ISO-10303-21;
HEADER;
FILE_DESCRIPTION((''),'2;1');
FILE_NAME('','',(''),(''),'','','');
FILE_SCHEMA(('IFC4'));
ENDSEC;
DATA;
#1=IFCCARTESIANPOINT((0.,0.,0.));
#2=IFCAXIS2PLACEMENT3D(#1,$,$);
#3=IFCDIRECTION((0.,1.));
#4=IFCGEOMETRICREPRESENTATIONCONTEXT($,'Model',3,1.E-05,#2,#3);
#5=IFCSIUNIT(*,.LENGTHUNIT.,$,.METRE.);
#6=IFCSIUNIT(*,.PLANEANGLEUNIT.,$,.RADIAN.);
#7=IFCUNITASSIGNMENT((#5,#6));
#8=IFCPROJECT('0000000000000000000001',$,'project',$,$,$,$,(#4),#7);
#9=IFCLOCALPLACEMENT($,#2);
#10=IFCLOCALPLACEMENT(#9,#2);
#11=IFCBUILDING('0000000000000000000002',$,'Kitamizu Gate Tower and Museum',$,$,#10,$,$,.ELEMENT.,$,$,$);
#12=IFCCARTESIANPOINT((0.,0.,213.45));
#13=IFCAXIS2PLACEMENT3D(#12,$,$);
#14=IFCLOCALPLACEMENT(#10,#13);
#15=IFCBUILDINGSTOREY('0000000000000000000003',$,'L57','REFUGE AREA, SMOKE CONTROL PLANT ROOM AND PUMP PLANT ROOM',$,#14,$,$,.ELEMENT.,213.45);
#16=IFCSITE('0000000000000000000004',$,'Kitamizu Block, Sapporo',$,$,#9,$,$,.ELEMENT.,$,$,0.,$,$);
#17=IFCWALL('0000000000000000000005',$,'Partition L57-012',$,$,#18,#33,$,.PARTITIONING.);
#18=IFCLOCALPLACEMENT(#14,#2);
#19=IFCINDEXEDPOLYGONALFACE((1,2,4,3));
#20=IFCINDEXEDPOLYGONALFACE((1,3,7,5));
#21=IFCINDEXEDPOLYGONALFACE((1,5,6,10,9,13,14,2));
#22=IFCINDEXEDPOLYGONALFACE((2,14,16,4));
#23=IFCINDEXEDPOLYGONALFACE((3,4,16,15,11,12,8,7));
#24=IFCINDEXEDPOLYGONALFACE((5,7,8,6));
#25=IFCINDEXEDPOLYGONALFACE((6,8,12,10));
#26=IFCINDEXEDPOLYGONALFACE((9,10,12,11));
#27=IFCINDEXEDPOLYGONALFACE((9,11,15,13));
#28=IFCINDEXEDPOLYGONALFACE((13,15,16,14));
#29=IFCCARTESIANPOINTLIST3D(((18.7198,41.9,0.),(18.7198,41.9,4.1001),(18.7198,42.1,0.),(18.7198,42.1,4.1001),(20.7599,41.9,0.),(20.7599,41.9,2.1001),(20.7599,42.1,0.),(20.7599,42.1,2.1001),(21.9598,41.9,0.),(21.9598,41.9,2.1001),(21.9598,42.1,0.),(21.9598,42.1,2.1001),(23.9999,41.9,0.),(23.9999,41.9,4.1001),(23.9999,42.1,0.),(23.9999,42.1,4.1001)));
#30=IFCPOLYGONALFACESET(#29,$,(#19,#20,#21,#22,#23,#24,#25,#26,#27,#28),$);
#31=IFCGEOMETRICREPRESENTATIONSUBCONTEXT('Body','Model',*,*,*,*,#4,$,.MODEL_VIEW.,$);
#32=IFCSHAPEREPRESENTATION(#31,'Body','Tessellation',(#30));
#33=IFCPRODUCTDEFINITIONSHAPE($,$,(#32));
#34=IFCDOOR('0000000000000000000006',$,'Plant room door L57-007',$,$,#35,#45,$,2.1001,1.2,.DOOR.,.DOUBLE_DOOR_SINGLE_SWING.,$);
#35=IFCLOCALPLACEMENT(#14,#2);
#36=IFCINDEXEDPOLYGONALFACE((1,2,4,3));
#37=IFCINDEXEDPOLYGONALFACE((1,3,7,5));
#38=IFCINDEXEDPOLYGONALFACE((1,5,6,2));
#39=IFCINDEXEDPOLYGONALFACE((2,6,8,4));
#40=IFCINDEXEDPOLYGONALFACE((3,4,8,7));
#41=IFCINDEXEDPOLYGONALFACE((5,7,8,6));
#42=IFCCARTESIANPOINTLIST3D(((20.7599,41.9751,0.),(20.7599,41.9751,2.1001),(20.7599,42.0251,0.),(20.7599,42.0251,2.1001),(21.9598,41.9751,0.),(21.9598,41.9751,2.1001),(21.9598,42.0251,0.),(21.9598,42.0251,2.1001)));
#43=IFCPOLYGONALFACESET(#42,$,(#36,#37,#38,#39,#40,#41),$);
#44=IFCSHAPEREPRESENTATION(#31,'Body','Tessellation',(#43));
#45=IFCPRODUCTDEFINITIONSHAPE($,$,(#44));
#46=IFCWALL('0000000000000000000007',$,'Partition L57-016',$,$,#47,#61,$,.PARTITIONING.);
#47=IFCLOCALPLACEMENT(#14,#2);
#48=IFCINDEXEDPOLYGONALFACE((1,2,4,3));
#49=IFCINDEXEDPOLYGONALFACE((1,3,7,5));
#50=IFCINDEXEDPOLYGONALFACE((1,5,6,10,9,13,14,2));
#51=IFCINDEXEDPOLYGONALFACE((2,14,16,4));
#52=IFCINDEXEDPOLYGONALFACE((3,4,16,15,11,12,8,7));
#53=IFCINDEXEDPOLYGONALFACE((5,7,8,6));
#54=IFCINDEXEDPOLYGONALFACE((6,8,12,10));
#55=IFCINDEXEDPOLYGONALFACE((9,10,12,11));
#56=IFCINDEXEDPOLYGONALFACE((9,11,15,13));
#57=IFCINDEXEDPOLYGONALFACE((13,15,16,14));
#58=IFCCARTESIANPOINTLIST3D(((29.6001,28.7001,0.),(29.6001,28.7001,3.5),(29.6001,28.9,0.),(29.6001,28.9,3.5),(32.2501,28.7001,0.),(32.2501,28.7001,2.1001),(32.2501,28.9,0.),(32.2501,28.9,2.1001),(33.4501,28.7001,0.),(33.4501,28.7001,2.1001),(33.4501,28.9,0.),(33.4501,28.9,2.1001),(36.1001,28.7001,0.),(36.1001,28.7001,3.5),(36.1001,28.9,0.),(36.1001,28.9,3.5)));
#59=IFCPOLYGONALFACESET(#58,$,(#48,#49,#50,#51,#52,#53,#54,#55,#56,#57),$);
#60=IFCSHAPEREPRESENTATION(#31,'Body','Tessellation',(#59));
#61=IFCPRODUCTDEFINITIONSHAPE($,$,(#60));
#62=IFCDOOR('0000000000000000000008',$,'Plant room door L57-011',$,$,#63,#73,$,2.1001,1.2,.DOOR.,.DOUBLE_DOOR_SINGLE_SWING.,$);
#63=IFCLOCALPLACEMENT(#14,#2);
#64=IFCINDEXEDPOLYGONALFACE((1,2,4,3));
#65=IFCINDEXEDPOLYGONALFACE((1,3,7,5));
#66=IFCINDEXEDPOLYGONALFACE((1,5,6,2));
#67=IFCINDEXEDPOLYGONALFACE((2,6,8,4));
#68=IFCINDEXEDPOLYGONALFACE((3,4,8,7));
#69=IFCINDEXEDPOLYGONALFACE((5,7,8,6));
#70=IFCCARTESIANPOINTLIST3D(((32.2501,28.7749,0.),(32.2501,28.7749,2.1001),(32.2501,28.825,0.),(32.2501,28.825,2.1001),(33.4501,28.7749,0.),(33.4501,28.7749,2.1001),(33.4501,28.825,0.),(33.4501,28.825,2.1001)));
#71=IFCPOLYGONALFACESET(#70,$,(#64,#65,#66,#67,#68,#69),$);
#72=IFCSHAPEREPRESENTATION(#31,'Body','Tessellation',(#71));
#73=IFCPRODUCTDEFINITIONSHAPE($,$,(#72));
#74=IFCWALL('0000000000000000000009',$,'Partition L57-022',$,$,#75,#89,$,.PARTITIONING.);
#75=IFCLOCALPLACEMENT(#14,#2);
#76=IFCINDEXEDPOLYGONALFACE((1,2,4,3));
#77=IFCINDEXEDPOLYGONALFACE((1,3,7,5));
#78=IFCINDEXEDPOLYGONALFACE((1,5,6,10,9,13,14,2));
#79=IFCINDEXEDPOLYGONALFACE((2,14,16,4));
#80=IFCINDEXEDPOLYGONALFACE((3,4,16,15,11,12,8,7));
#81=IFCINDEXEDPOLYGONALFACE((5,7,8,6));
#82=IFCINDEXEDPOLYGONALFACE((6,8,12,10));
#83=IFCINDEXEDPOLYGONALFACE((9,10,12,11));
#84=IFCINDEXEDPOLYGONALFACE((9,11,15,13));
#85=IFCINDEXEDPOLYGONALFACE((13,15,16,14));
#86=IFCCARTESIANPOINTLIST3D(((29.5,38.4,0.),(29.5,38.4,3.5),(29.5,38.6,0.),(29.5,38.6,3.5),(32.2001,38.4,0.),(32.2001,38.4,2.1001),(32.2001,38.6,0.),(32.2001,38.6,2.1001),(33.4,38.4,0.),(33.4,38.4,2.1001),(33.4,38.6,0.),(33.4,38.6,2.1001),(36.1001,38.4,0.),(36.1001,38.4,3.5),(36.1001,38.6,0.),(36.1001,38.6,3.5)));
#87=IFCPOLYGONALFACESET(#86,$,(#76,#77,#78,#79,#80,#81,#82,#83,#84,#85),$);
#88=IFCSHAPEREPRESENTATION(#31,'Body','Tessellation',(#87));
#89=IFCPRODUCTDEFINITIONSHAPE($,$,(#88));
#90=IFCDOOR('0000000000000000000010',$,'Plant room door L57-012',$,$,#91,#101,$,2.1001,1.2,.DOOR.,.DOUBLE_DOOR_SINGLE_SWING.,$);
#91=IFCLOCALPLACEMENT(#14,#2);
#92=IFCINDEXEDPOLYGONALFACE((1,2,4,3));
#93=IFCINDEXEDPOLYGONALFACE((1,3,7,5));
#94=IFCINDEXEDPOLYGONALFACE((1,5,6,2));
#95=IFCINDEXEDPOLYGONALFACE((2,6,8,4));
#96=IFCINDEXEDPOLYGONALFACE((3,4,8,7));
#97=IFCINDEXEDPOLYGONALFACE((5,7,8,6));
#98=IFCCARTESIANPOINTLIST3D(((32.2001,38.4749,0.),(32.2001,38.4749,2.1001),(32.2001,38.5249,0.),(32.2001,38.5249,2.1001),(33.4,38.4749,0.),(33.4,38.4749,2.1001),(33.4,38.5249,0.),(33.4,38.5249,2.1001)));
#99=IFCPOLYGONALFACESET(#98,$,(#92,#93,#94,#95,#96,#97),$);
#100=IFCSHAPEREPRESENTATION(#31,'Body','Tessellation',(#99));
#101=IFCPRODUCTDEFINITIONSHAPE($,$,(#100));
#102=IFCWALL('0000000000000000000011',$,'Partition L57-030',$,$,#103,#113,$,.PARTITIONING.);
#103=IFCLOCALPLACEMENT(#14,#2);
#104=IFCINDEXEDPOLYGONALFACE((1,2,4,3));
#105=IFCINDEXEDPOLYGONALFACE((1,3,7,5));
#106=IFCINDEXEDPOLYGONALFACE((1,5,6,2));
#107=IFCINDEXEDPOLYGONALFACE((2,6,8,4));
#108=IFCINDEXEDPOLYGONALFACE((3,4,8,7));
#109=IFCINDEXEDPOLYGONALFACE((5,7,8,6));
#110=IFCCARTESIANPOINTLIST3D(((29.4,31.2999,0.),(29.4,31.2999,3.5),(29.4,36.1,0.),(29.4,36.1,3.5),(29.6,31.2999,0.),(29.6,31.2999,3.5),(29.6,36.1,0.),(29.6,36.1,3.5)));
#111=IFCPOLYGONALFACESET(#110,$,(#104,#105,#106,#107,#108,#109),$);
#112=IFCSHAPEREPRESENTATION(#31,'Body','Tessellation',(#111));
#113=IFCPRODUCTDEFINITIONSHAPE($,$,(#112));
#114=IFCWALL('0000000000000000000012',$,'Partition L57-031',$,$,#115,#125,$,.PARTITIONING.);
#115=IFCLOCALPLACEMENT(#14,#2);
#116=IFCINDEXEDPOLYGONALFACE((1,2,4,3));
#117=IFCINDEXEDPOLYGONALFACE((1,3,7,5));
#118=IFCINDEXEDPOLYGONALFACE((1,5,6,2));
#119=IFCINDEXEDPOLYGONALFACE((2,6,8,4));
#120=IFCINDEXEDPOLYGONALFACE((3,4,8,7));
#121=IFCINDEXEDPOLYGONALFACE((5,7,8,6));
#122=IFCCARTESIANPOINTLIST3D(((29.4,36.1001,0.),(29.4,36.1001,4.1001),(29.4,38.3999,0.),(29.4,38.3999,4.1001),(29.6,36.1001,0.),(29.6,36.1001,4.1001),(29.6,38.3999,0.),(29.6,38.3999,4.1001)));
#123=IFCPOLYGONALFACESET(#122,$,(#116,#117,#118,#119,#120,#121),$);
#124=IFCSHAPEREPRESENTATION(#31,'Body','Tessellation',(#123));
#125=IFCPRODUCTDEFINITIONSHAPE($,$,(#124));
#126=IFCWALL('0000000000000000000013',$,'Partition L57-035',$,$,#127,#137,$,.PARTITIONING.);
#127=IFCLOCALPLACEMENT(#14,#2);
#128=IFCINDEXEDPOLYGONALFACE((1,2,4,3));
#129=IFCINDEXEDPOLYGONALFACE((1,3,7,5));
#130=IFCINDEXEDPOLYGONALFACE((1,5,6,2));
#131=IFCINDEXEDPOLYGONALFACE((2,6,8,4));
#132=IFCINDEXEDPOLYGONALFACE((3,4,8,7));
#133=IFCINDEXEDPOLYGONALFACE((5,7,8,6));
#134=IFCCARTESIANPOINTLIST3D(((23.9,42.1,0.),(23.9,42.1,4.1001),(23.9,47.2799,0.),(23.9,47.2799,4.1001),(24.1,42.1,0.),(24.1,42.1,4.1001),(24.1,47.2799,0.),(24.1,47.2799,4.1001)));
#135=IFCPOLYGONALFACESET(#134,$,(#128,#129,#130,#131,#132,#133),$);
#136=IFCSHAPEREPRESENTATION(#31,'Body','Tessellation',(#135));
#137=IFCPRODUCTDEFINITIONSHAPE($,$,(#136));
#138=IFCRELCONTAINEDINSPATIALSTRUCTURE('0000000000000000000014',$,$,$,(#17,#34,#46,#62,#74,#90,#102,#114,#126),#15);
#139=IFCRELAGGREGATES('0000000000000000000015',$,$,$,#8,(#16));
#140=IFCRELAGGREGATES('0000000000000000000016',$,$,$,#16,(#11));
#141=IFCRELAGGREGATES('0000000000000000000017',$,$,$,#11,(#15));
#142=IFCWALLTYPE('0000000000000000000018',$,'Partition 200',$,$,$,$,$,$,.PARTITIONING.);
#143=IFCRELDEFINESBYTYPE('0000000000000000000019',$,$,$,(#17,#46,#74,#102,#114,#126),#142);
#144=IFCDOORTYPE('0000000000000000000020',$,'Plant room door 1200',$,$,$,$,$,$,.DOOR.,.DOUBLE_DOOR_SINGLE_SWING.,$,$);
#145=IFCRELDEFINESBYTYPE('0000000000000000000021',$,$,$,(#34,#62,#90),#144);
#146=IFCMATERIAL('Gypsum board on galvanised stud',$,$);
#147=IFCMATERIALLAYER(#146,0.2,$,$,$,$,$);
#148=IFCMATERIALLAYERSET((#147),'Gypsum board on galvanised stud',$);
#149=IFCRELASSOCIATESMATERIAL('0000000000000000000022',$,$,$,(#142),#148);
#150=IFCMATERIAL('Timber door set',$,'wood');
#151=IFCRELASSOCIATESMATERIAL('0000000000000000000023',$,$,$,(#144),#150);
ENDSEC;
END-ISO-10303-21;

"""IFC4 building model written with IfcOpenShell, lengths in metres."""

from ifc_helpers import new_model, si_unit, direction, frame, frame_2d, origin, place, context, subcontext, project, spatial, rectangle, extrude, material, layer, layer_set, type_object, element, fill, save


model = new_model("IFC4")

# Units and contexts
model_context = context("Model", 3, precision=1e-05, world=origin(), true_north=direction((0.0, 1.0)))
body_context = subcontext(model_context, "Body", "Model", "MODEL_VIEW")
ifc_project = project(units=[si_unit("LENGTHUNIT", "METRE"), si_unit("PLANEANGLEUNIT", "RADIAN")], contexts=[model_context])

# Site, building, storey
site_placement = place(None, origin())
site = spatial("IfcSite", under=ifc_project, at=site_placement, Name="Kitamizu Block, Sapporo", CompositionType="ELEMENT", RefElevation=0.0)
building_placement = place(site_placement, origin())
building = spatial("IfcBuilding", under=site, at=building_placement, Name="Kitamizu Gate Tower and Museum", CompositionType="ELEMENT")
storey_placement = place(building_placement, frame((0.0, 0.0, 213.45)))
storey = spatial("IfcBuildingStorey", under=building, at=storey_placement, Name="L57", Description="REFUGE AREA, SMOKE CONTROL PLANT ROOM AND PUMP PLANT ROOM", CompositionType="ELEMENT", Elevation=213.45)

# Shared definitions
ifc_material_1 = material(Name="Gypsum board on galvanised stud")
ifc_layer_1 = layer(ifc_material_1, 0.2)
ifc_layer_set_1 = layer_set([ifc_layer_1], Name="Gypsum board on galvanised stud")
wall_type_1 = type_object("IfcWallType", Name="Partition 200", PredefinedType="PARTITIONING", material=ifc_layer_set_1)

# Walls, openings, doors
wall_1_placement = place(storey_placement, frame((24.0, 42.0, 0.0), z_axis=(0.0, 0.0, 1.0), x_axis=(-1.0, 0.0, 0.0)))
wall_1 = element("IfcWall", 1, at=wall_1_placement, inside=storey, type_object=wall_type_1, Name="Partition L57-012", PredefinedType="PARTITIONING", context=body_context, shape_type="SweptSolid", body=[
    extrude(rectangle(XDim=5.28, YDim=0.2, at=frame_2d((2.6401, 0.0))), origin(), (0.0, 0.0, 1.0), 4.1001),
])
opening_1_placement = place(wall_1_placement, frame((2.04, 0.0, 0.0)))
opening_1 = element("IfcOpeningElement", 2, at=opening_1_placement, cuts=wall_1, PredefinedType="OPENING", context=body_context, shape_type="SweptSolid", body=[
    extrude(rectangle(XDim=1.2, YDim=2.1001, at=frame_2d((0.6001, 1.05))), frame((0.0, 0.1099, 0.0), z_axis=(0.0, -1.0, 0.0), x_axis=(1.0, 0.0, 0.0)), (0.0, 0.0, 1.0), 0.22),
])
ifc_material_2 = material(Name="Timber door set", Category="wood")
door_type_1 = type_object("IfcDoorType", Name="Plant room door 1200", OperationType="DOUBLE_DOOR_SINGLE_SWING", PredefinedType="DOOR", material=ifc_material_2)
door_1_placement = place(opening_1_placement, origin())
door_1 = element("IfcDoor", 3, at=door_1_placement, inside=storey, type_object=door_type_1, Name="Plant room door L57-007", OperationType="DOUBLE_DOOR_SINGLE_SWING", OverallHeight=2.1001, OverallWidth=1.2, PredefinedType="DOOR", context=body_context, shape_type="SweptSolid", body=[
    extrude(rectangle(XDim=1.2, YDim=2.1001, at=frame_2d((0.6001, 1.05))), frame((0.0, 0.0249, 0.0), z_axis=(0.0, -1.0, 0.0), x_axis=(1.0, 0.0, 0.0)), (0.0, 0.0, 1.0), 0.05),
])
fill(opening_1, door_1)
wall_2_placement = place(storey_placement, frame((29.6001, 28.8, 0.0), z_axis=(0.0, 0.0, 1.0), x_axis=(1.0, 0.0, 0.0)))
wall_2 = element("IfcWall", 4, at=wall_2_placement, inside=storey, type_object=wall_type_1, Name="Partition L57-016", PredefinedType="PARTITIONING", context=body_context, shape_type="SweptSolid", body=[
    extrude(rectangle(XDim=6.5, YDim=0.2, at=frame_2d((3.25, 0.0))), origin(), (0.0, 0.0, 1.0), 3.5),
])
opening_2_placement = place(wall_2_placement, frame((2.6499, 0.0, 0.0)))
opening_2 = element("IfcOpeningElement", 5, at=opening_2_placement, cuts=wall_2, PredefinedType="OPENING", context=body_context, shape_type="SweptSolid", body=[
    extrude(rectangle(XDim=1.2, YDim=2.1001, at=frame_2d((0.6001, 1.05))), frame((0.0, 0.1099, 0.0), z_axis=(0.0, -1.0, 0.0), x_axis=(1.0, 0.0, 0.0)), (0.0, 0.0, 1.0), 0.22),
])
door_2_placement = place(opening_2_placement, origin())
door_2 = element("IfcDoor", 6, at=door_2_placement, inside=storey, type_object=door_type_1, Name="Plant room door L57-011", OperationType="DOUBLE_DOOR_SINGLE_SWING", OverallHeight=2.1001, OverallWidth=1.2, PredefinedType="DOOR", context=body_context, shape_type="SweptSolid", body=[
    extrude(rectangle(XDim=1.2, YDim=2.1001, at=frame_2d((0.6001, 1.05))), frame((0.0, 0.0249, 0.0), z_axis=(0.0, -1.0, 0.0), x_axis=(1.0, 0.0, 0.0)), (0.0, 0.0, 1.0), 0.05),
])
fill(opening_2, door_2)
wall_3_placement = place(storey_placement, frame((29.5, 38.5, 0.0), z_axis=(0.0, 0.0, 1.0), x_axis=(1.0, 0.0, 0.0)))
wall_3 = element("IfcWall", 7, at=wall_3_placement, inside=storey, type_object=wall_type_1, Name="Partition L57-022", PredefinedType="PARTITIONING", context=body_context, shape_type="SweptSolid", body=[
    extrude(rectangle(XDim=6.6001, YDim=0.2, at=frame_2d((3.3, 0.0))), origin(), (0.0, 0.0, 1.0), 3.5),
])
opening_3_placement = place(wall_3_placement, frame((2.7, 0.0, 0.0)))
opening_3 = element("IfcOpeningElement", 8, at=opening_3_placement, cuts=wall_3, PredefinedType="OPENING", context=body_context, shape_type="SweptSolid", body=[
    extrude(rectangle(XDim=1.2, YDim=2.1001, at=frame_2d((0.6001, 1.05))), frame((0.0, 0.1099, 0.0), z_axis=(0.0, -1.0, 0.0), x_axis=(1.0, 0.0, 0.0)), (0.0, 0.0, 1.0), 0.22),
])
door_3_placement = place(opening_3_placement, origin())
door_3 = element("IfcDoor", 9, at=door_3_placement, inside=storey, type_object=door_type_1, Name="Plant room door L57-012", OperationType="DOUBLE_DOOR_SINGLE_SWING", OverallHeight=2.1001, OverallWidth=1.2, PredefinedType="DOOR", context=body_context, shape_type="SweptSolid", body=[
    extrude(rectangle(XDim=1.2, YDim=2.1001, at=frame_2d((0.6001, 1.05))), frame((0.0, 0.0249, 0.0), z_axis=(0.0, -1.0, 0.0), x_axis=(1.0, 0.0, 0.0)), (0.0, 0.0, 1.0), 0.05),
])
fill(opening_3, door_3)

# Walls
wall_4_placement = place(storey_placement, frame((29.5, 31.3, 0.0), z_axis=(0.0, 0.0, 1.0), x_axis=(0.0, 1.0, 0.0)))
element("IfcWall", 10, at=wall_4_placement, inside=storey, type_object=wall_type_1, Name="Partition L57-030", PredefinedType="PARTITIONING", context=body_context, shape_type="SweptSolid", body=[
    extrude(rectangle(XDim=4.8, YDim=0.2, at=frame_2d((2.3999, 0.0))), origin(), (0.0, 0.0, 1.0), 3.5),
])
wall_5_placement = place(storey_placement, frame((29.5, 36.1001, 0.0), z_axis=(0.0, 0.0, 1.0), x_axis=(0.0, 1.0, 0.0)))
element("IfcWall", 11, at=wall_5_placement, inside=storey, type_object=wall_type_1, Name="Partition L57-031", PredefinedType="PARTITIONING", context=body_context, shape_type="SweptSolid", body=[
    extrude(rectangle(XDim=2.2998, YDim=0.2, at=frame_2d((1.1499, 0.0))), origin(), (0.0, 0.0, 1.0), 4.1001),
])
wall_6_placement = place(storey_placement, frame((24.0, 42.1001, 0.0), z_axis=(0.0, 0.0, 1.0), x_axis=(0.0, 1.0, 0.0)))
element("IfcWall", 12, at=wall_6_placement, inside=storey, type_object=wall_type_1, Name="Partition L57-035", PredefinedType="PARTITIONING", context=body_context, shape_type="SweptSolid", body=[
    extrude(rectangle(XDim=5.1799, YDim=0.2, at=frame_2d((2.5898, 0.0))), origin(), (0.0, 0.0, 1.0), 4.1001),
])

save(model, "model.ifc")
